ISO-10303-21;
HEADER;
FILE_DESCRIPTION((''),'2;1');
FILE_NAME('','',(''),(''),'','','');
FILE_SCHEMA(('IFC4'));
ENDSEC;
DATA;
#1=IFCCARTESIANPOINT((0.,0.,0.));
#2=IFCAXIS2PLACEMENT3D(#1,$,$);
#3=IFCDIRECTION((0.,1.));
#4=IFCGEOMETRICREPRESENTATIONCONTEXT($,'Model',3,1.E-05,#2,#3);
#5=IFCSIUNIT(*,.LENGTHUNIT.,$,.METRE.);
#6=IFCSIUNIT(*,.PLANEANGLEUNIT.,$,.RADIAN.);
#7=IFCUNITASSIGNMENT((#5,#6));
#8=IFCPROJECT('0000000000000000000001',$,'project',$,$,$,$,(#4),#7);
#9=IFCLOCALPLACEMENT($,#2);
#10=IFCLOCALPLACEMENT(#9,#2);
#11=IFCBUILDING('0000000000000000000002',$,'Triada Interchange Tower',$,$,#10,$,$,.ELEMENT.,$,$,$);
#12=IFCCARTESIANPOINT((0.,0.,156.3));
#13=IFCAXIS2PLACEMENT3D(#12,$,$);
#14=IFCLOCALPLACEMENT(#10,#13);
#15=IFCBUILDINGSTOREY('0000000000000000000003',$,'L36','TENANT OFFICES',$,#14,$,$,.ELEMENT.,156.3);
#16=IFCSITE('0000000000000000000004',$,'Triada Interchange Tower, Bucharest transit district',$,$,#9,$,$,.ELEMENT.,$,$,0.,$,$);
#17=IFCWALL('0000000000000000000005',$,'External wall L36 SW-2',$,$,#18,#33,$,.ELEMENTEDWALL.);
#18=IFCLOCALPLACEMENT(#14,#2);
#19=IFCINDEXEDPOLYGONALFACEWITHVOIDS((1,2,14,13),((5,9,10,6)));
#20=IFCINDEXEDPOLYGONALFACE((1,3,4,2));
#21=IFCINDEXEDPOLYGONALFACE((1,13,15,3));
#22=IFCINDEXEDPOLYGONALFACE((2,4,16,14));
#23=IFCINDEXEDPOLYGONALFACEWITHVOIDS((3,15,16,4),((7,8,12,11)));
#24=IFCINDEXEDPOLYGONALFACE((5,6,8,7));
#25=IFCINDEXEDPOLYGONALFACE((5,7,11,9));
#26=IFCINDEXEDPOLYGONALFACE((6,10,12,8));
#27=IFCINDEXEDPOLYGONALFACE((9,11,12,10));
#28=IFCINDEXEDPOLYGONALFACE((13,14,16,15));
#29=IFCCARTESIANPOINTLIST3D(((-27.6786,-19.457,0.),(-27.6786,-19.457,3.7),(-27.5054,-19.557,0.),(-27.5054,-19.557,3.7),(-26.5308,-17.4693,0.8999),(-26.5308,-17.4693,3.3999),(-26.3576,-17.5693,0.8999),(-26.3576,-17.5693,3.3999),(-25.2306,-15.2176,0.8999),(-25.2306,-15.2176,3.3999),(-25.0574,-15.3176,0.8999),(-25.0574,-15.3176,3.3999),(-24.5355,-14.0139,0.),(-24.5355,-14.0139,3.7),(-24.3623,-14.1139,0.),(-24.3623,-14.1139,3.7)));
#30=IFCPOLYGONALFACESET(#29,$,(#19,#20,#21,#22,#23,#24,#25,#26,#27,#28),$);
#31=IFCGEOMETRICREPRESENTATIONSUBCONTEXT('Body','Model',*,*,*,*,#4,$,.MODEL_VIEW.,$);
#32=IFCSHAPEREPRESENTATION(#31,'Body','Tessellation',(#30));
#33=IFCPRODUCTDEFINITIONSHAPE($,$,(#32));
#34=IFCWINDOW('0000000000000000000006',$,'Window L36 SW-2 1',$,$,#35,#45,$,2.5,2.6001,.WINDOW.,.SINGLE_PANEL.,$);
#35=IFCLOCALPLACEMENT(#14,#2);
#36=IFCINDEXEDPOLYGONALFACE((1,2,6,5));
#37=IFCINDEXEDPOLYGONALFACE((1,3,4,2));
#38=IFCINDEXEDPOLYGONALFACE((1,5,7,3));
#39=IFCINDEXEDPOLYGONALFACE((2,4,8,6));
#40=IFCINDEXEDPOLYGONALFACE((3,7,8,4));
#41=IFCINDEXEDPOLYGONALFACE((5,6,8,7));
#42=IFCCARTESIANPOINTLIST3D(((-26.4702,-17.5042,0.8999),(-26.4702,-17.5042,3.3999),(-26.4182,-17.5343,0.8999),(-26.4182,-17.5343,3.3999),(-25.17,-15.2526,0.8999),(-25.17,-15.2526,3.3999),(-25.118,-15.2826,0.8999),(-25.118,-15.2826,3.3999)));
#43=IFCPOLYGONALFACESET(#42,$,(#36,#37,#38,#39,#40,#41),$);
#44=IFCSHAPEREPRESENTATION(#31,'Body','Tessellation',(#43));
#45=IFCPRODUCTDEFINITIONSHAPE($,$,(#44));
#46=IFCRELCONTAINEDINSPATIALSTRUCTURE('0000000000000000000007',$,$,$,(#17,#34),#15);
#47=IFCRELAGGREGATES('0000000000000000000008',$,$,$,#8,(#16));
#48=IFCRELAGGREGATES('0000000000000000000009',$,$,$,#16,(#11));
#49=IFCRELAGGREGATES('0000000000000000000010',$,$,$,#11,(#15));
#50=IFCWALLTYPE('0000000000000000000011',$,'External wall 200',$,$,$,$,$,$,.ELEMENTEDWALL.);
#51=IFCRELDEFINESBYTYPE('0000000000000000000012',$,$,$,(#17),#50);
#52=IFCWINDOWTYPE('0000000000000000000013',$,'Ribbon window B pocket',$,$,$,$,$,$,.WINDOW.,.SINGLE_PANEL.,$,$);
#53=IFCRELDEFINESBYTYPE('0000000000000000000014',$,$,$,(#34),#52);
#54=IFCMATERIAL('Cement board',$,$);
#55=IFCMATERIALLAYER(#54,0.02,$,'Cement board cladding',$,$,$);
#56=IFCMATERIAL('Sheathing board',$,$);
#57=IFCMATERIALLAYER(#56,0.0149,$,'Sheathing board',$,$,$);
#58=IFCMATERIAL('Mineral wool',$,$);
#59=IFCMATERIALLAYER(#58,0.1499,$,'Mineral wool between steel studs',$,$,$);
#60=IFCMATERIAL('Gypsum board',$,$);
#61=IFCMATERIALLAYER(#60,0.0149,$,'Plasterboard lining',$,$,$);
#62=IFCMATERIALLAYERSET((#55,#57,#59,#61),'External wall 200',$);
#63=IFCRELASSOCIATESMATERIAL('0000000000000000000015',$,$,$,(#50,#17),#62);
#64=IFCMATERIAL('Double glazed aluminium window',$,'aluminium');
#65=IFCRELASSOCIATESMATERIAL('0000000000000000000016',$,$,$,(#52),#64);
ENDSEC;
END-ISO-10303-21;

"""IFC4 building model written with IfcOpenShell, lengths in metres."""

from ifc_helpers import new_model, si_unit, direction, frame, frame_2d, origin, place, context, subcontext, project, spatial, rectangle, extrude, material, layer, layer_set, layer_usage, type_object, element, fill, save


model = new_model("IFC4")

# Units and contexts
model_context = context("Model", 3, precision=1e-05, world=origin(), true_north=direction((0.0, 1.0)))
body_context = subcontext(model_context, "Body", "Model", "MODEL_VIEW")
ifc_project = project(units=[si_unit("LENGTHUNIT", "METRE"), si_unit("PLANEANGLEUNIT", "RADIAN")], contexts=[model_context])

# Site, building, storey
site_placement = place(None, origin())
site = spatial("IfcSite", under=ifc_project, at=site_placement, Name="Triada Interchange Tower, Bucharest transit district", CompositionType="ELEMENT", RefElevation=0.0)
building_placement = place(site_placement, origin())
building = spatial("IfcBuilding", under=site, at=building_placement, Name="Triada Interchange Tower", CompositionType="ELEMENT")
storey_placement = place(building_placement, frame((0.0, 0.0, 156.3)))
storey = spatial("IfcBuildingStorey", under=building, at=storey_placement, Name="L36", Description="TENANT OFFICES", CompositionType="ELEMENT", Elevation=156.3)

# Wall, opening, window
ifc_material_1 = material(Name="Cement board")
ifc_layer_1 = layer(ifc_material_1, 0.02, Name="Cement board cladding")
ifc_material_2 = material(Name="Sheathing board")
ifc_layer_2 = layer(ifc_material_2, 0.0149, Name="Sheathing board")
ifc_material_3 = material(Name="Mineral wool")
ifc_layer_3 = layer(ifc_material_3, 0.1499, Name="Mineral wool between steel studs")
ifc_material_4 = material(Name="Gypsum board")
ifc_layer_4 = layer(ifc_material_4, 0.0149, Name="Plasterboard lining")
ifc_layer_set_1 = layer_set([ifc_layer_1, ifc_layer_2, ifc_layer_3, ifc_layer_4], Name="External wall 200")
ifc_layer_usage = layer_usage(ifc_layer_set_1, "AXIS2", "POSITIVE", -0.1001)
wall_type_1 = type_object("IfcWallType", Name="External wall 200", PredefinedType="ELEMENTEDWALL", material=ifc_layer_set_1)
ifc_material_5 = material(Name="Double glazed aluminium window", Category="aluminium")
window_type_1 = type_object("IfcWindowType", Name="Ribbon window B pocket", PartitioningType="SINGLE_PANEL", PredefinedType="WINDOW", material=ifc_material_5)
wall_1_placement = place(storey_placement, frame((-24.449, -14.064, 0.0), z_axis=(0.0, 0.0, 1.0), x_axis=(-0.500058, -0.865992, 0.0)))
wall_1 = element("IfcWall", 1, at=wall_1_placement, inside=storey, type_object=wall_type_1, material=ifc_layer_usage, Name="External wall L36 SW-2", PredefinedType="ELEMENTEDWALL", context=body_context, shape_type="SweptSolid", body=[
    extrude(rectangle(XDim=6.2854, YDim=0.2, at=frame_2d((3.1426, 0.0))), origin(), (0.0, 0.0, 1.0), 3.7),
])
opening_1_placement = place(wall_1_placement, frame((1.3899, 0.0, 0.8999)))
opening_1 = element("IfcOpeningElement", 2, at=opening_1_placement, cuts=wall_1, PredefinedType="OPENING", context=body_context, shape_type="SweptSolid", body=[
    extrude(rectangle(XDim=2.6001, YDim=2.5, at=frame_2d((1.3, 1.25))), frame((0.0, 0.1099, 0.0), z_axis=(0.0, -1.0, 0.0), x_axis=(1.0, 0.0, 0.0)), (0.0, 0.0, 1.0), 0.22),
])
window_1_placement = place(opening_1_placement, origin())
window_1 = element("IfcWindow", 3, at=window_1_placement, inside=storey, type_object=window_type_1, Name="Window L36 SW-2 1", OverallHeight=2.5, OverallWidth=2.6001, PartitioningType="SINGLE_PANEL", PredefinedType="WINDOW", context=body_context, shape_type="SweptSolid", body=[
    extrude(rectangle(XDim=2.6001, YDim=2.5, at=frame_2d((1.3, 1.25))), frame((0.0, 0.03, 0.0), z_axis=(0.0, -1.0, 0.0), x_axis=(1.0, 0.0, 0.0)), (0.0, 0.0, 1.0), 0.0601),
])
fill(opening_1, window_1)

save(model, "model.ifc")
